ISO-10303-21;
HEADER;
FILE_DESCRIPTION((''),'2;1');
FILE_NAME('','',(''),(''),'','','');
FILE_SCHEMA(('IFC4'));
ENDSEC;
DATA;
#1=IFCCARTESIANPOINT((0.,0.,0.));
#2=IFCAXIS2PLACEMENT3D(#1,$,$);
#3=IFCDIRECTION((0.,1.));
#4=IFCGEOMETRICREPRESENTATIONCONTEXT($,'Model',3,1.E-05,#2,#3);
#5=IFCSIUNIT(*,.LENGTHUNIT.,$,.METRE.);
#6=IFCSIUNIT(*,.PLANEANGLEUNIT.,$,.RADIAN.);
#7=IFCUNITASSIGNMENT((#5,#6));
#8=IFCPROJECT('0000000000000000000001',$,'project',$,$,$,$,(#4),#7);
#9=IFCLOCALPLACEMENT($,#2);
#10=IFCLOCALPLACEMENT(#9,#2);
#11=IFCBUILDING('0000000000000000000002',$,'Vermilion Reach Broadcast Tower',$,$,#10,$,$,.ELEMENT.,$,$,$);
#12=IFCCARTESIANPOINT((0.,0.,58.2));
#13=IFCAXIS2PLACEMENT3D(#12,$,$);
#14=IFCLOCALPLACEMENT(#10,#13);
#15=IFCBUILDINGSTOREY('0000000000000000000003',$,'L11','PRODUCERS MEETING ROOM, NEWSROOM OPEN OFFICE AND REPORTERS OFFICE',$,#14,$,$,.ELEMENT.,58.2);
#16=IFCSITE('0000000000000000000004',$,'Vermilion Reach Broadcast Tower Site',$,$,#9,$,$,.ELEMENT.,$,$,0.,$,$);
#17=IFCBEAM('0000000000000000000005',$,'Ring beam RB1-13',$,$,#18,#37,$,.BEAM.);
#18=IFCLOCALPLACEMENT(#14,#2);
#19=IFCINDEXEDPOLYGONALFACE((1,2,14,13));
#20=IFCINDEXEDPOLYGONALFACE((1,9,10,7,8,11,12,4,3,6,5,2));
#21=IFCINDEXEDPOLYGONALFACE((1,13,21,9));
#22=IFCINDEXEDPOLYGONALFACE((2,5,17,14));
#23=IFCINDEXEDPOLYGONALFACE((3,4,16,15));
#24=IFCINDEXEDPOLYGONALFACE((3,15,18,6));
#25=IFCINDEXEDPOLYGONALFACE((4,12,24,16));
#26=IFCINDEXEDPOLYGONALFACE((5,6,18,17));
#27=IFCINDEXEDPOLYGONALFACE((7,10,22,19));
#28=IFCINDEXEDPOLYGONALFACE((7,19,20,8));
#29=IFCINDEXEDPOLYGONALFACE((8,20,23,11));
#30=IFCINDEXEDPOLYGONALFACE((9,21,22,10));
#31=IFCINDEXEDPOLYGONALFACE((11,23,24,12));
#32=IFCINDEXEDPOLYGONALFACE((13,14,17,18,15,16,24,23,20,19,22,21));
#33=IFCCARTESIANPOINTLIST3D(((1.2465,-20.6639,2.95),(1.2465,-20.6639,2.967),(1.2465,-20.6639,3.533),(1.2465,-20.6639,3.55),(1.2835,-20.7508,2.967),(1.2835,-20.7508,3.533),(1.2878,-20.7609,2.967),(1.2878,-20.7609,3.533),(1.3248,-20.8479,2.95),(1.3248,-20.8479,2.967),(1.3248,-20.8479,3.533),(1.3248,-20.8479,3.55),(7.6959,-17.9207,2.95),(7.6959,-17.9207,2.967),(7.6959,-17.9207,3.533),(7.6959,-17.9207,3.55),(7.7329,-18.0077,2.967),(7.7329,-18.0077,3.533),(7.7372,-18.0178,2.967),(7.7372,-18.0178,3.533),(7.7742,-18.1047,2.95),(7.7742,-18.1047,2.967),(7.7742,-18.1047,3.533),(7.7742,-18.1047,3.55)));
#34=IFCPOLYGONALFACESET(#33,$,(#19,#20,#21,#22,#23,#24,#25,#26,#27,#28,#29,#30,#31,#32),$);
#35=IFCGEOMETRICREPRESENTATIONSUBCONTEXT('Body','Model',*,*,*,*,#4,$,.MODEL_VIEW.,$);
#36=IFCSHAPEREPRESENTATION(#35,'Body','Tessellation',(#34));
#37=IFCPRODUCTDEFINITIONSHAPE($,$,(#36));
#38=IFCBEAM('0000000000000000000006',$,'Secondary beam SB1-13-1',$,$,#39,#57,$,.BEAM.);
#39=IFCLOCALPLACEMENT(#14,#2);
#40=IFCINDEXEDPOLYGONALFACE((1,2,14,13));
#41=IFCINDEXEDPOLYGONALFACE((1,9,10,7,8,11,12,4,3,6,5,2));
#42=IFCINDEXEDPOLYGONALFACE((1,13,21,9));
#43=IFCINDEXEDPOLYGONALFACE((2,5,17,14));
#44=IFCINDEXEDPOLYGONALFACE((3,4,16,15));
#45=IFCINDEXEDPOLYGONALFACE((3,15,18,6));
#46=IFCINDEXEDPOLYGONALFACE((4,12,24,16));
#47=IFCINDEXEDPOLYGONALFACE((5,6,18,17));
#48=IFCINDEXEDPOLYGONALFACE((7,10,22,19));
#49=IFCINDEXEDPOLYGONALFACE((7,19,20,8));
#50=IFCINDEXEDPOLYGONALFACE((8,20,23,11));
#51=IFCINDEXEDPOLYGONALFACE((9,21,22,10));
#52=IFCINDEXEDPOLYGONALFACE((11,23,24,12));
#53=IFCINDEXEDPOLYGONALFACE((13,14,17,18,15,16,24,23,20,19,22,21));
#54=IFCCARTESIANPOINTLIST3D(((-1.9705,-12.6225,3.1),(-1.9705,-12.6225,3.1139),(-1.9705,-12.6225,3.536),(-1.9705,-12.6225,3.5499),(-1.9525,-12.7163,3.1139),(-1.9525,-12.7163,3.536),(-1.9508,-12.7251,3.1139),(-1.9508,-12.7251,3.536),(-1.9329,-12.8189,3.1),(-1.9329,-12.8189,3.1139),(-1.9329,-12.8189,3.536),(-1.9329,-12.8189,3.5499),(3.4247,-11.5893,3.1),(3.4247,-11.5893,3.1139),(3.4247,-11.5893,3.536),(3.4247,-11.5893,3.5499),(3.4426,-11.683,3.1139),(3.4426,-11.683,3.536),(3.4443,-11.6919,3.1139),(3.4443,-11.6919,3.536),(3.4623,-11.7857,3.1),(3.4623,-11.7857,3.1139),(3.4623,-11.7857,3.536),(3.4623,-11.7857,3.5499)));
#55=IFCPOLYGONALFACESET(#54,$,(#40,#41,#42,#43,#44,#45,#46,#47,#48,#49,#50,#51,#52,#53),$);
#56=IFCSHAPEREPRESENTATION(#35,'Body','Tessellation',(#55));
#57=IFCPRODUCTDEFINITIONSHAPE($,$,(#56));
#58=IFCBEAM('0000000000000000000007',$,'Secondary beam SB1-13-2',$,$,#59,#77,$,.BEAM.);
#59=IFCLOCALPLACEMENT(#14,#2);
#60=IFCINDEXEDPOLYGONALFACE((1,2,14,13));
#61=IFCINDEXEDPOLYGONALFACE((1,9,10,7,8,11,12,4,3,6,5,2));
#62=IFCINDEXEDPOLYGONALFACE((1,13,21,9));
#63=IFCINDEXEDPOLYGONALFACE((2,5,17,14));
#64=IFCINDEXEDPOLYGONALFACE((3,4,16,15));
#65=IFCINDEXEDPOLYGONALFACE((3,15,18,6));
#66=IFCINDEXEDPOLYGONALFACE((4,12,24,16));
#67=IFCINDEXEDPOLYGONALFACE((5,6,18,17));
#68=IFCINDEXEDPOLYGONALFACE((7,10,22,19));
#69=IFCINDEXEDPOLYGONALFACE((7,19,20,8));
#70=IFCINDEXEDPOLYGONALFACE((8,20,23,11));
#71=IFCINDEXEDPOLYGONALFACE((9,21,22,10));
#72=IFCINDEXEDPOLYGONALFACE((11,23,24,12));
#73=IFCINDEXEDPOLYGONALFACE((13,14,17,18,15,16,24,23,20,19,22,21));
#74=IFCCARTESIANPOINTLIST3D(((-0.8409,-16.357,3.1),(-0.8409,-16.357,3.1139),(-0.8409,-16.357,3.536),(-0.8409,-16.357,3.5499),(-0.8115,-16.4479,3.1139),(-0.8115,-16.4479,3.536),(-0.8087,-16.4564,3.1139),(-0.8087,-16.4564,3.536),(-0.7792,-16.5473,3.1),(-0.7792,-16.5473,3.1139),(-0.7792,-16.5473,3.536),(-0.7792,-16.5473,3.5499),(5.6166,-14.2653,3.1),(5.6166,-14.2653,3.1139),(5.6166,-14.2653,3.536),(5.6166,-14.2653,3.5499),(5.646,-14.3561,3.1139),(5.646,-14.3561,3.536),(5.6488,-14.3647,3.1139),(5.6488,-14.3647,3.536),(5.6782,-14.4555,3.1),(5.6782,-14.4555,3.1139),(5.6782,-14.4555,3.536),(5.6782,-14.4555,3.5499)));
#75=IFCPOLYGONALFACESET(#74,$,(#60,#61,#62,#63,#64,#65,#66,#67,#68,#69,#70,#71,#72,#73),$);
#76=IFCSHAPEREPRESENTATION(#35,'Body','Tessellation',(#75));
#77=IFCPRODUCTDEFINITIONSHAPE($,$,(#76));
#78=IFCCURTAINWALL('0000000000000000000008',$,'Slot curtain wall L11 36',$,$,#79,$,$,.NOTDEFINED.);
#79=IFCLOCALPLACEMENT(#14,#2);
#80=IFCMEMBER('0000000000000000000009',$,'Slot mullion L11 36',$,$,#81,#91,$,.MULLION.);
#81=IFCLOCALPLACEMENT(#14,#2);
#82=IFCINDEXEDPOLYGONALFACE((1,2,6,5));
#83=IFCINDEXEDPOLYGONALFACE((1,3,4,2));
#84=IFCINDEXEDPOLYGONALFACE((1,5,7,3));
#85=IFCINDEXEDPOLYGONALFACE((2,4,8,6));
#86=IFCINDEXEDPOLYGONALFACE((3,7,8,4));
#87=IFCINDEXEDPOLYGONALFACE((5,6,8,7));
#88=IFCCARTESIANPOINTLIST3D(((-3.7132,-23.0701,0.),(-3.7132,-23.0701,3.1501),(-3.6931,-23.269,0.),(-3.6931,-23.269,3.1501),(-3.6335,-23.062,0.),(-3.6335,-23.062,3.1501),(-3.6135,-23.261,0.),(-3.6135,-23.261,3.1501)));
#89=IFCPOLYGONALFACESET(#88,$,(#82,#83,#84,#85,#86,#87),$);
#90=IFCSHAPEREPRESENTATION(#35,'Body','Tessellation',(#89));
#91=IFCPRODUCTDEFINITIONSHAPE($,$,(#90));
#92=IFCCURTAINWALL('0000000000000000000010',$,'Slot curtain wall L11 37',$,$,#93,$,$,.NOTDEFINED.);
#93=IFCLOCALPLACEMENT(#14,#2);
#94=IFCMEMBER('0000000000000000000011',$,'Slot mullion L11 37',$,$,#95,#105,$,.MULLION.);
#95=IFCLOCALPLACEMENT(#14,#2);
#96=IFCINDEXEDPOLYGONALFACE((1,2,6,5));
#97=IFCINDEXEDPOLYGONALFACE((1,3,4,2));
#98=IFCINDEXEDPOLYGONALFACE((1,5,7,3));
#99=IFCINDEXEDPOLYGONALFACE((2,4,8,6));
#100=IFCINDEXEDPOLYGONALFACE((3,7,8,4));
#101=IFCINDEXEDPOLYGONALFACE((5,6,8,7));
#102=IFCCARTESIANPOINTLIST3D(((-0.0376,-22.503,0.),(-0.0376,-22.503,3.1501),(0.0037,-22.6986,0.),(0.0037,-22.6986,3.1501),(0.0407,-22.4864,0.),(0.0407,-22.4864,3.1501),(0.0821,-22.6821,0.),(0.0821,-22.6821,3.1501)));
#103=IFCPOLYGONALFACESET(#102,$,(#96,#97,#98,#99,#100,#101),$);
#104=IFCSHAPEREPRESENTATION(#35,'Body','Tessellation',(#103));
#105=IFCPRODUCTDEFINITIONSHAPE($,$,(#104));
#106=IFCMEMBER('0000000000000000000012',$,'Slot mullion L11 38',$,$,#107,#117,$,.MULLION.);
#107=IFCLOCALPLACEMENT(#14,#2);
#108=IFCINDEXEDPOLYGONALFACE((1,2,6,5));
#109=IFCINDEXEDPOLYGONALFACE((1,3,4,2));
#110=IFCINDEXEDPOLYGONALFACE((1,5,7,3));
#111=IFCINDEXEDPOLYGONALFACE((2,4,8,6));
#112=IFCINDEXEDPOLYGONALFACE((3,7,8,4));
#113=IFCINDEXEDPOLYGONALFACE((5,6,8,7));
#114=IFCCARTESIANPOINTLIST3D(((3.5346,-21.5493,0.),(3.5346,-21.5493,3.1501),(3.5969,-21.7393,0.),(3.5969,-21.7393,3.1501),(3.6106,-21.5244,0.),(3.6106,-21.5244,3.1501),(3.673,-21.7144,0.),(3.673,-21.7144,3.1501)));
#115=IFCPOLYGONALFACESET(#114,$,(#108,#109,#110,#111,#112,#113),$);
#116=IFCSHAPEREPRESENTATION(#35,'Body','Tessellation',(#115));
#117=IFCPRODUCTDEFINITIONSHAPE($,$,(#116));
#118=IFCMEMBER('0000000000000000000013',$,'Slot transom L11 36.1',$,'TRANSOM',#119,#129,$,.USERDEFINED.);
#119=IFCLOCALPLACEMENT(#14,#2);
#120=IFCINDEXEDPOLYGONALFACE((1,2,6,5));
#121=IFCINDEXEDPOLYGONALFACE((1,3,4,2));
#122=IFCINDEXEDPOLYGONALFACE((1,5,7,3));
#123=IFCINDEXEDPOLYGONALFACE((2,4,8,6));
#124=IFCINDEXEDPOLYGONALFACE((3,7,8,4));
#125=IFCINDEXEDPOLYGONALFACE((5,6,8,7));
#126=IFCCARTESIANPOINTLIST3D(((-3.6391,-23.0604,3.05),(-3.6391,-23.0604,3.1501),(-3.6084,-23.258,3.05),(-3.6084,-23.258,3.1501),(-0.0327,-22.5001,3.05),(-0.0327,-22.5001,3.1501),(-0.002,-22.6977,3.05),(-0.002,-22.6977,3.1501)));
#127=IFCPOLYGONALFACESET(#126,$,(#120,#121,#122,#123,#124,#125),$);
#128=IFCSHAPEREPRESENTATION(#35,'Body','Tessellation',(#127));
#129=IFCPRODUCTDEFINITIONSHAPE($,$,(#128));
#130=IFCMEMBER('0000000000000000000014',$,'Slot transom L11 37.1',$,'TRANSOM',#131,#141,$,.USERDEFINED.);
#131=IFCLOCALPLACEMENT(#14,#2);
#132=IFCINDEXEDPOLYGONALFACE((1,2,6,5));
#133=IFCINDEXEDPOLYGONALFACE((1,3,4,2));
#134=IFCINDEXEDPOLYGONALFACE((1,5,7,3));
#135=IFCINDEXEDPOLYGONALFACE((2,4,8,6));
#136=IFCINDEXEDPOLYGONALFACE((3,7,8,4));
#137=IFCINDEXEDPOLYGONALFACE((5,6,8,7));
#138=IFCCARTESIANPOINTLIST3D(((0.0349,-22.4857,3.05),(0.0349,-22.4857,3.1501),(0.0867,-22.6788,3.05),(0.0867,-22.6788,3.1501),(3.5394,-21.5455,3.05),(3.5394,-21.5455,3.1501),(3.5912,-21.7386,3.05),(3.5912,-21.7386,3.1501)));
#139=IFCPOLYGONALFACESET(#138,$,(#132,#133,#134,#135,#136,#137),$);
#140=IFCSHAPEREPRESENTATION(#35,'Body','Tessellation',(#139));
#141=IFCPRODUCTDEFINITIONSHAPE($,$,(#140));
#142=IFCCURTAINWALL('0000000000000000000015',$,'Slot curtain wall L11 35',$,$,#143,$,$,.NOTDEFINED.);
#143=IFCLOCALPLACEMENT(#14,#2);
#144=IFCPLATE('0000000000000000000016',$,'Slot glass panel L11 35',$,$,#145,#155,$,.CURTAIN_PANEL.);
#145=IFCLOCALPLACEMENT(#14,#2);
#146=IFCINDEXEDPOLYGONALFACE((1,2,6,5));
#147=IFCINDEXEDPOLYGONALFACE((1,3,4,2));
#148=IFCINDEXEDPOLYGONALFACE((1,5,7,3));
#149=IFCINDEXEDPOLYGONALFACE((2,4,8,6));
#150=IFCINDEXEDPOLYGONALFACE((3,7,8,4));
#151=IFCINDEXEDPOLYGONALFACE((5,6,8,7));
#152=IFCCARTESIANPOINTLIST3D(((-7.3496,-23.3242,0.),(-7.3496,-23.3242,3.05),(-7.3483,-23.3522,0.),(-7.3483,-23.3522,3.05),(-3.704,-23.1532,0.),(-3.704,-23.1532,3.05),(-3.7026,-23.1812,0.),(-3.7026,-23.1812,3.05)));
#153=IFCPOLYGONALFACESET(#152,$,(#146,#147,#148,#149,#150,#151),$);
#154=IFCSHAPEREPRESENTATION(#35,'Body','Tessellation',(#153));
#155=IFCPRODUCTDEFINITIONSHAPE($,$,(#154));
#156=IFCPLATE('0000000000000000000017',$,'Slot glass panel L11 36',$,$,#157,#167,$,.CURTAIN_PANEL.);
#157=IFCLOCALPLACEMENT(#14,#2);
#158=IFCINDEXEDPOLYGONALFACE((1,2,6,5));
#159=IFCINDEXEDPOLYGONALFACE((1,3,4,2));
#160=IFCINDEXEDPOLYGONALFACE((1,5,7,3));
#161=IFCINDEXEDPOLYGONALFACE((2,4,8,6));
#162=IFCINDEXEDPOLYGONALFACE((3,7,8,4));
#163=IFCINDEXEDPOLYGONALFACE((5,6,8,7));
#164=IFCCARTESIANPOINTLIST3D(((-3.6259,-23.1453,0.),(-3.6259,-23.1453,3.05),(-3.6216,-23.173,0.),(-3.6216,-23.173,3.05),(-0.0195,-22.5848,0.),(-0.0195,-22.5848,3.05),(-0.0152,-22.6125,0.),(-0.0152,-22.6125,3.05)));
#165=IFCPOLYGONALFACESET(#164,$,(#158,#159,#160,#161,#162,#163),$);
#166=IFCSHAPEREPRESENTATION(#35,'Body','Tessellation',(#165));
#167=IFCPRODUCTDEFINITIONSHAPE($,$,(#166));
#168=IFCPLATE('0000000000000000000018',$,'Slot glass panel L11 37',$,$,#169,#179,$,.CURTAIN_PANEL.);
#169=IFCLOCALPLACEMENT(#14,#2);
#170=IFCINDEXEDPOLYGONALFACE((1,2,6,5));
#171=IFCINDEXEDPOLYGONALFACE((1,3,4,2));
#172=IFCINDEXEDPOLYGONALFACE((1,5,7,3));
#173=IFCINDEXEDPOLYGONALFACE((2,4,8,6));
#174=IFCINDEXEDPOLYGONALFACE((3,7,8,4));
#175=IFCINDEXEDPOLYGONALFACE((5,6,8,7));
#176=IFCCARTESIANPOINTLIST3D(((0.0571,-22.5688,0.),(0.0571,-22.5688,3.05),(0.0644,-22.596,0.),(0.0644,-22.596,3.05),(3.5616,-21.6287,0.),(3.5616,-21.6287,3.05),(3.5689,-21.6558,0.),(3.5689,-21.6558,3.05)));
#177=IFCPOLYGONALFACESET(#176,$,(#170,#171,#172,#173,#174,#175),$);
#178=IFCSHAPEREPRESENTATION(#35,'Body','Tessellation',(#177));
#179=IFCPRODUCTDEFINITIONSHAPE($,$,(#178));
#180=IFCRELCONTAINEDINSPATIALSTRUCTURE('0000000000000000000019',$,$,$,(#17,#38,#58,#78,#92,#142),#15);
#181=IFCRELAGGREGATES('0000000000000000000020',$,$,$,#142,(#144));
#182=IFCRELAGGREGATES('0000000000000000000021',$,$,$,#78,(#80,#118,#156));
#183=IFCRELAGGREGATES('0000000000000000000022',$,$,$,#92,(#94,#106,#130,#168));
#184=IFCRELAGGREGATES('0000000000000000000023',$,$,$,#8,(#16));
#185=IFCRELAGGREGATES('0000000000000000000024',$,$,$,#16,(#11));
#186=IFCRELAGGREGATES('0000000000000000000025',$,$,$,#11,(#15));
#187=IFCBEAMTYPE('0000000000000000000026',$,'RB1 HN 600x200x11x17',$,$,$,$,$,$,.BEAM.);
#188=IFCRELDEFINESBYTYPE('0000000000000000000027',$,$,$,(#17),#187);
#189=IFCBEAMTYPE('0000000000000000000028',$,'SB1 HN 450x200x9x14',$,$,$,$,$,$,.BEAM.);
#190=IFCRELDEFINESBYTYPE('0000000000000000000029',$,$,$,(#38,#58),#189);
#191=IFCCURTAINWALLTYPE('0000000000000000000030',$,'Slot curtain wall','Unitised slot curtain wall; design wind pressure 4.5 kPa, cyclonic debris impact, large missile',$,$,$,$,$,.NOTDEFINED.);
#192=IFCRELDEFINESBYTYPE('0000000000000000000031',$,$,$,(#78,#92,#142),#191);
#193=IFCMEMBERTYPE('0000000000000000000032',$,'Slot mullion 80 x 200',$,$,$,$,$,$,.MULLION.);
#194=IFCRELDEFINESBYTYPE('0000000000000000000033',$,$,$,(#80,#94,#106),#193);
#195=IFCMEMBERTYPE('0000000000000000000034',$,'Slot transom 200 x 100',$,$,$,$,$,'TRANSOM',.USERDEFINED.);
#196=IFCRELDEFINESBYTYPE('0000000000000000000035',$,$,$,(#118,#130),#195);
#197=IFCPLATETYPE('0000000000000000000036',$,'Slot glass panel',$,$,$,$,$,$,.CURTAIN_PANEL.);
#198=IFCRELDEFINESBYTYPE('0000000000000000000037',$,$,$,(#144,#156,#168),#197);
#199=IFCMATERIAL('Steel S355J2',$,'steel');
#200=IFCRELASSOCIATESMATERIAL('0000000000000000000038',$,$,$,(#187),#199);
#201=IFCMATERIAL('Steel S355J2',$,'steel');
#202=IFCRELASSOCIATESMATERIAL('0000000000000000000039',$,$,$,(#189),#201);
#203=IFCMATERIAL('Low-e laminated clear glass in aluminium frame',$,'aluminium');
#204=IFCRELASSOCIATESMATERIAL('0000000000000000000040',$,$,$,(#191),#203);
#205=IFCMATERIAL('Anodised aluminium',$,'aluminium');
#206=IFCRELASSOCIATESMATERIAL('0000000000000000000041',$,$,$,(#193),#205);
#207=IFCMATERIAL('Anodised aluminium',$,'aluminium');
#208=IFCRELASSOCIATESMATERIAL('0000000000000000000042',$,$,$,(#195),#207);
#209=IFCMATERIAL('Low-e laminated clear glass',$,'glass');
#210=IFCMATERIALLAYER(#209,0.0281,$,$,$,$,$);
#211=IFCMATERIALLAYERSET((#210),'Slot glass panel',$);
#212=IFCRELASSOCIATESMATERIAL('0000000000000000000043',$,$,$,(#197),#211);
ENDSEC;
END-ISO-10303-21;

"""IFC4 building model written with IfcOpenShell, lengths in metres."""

from ifc_helpers import new_model, si_unit, direction, frame, origin, origin_2d, place, context, subcontext, project, spatial, rectangle, i_section, extrude, material, layer, layer_set, material_profile, profile_set, type_object, element, aggregate, save


model = new_model("IFC4")

# Units and contexts
model_context = context("Model", 3, precision=1e-05, world=origin(), true_north=direction((0.0, 1.0)))
body_context = subcontext(model_context, "Body", "Model", "MODEL_VIEW")
ifc_project = project(units=[si_unit("LENGTHUNIT", "METRE"), si_unit("PLANEANGLEUNIT", "RADIAN")], contexts=[model_context])

# Site, building, storey
site_placement = place(None, origin())
site = spatial("IfcSite", under=ifc_project, at=site_placement, Name="Vermilion Reach Broadcast Tower Site", CompositionType="ELEMENT", RefElevation=0.0)
building_placement = place(site_placement, origin())
building = spatial("IfcBuilding", under=site, at=building_placement, Name="Vermilion Reach Broadcast Tower", CompositionType="ELEMENT")
storey_placement = place(building_placement, frame((0.0, 0.0, 58.2)))
storey = spatial("IfcBuildingStorey", under=building, at=storey_placement, Name="L11", Description="PRODUCERS MEETING ROOM, NEWSROOM OPEN OFFICE AND REPORTERS OFFICE", CompositionType="ELEMENT", Elevation=58.2)

# Beams
ifc_material_1 = material(Name="Steel S355J2", Category="steel")
ifc_material_profile_1 = material_profile(ifc_material_1, i_section(OverallWidth=0.2, OverallDepth=0.6001, WebThickness=0.011, FlangeThickness=0.0171, at=origin_2d()), Name="S355J2 HN 600x200x11x17")
ifc_profile_set_1 = profile_set([ifc_material_profile_1], Name="Steel S355J2")
beam_type_1 = type_object("IfcBeamType", Name="RB1 HN 600x200x11x17", PredefinedType="BEAM", material=ifc_profile_set_1)
beam_1_placement = place(storey_placement, frame((1.2856, -20.7559, 3.25), z_axis=(0.920221, 0.3914, 0.0), x_axis=(-0.3914, 0.920221, 0.0)))
element("IfcBeam", 1, at=beam_1_placement, inside=storey, type_object=beam_type_1, Name="Ring beam RB1-13", PredefinedType="BEAM", context=body_context, shape_type="SweptSolid", body=[
    extrude(i_section(OverallWidth=0.2, OverallDepth=0.6001, WebThickness=0.011, FlangeThickness=0.0171, at=origin_2d()), origin(), (0.0, 0.0, 1.0), 7.0085),
])
ifc_material_2 = material(Name="Steel S355J2", Category="steel")
ifc_material_profile_2 = material_profile(ifc_material_2, i_section(OverallWidth=0.2, OverallDepth=0.45, WebThickness=0.009, FlangeThickness=0.0139, at=origin_2d()), Name="S355J2 HN 450x200x9x14")
ifc_profile_set_2 = profile_set([ifc_material_profile_2], Name="Steel S355J2")
beam_type_2 = type_object("IfcBeamType", Name="SB1 HN 450x200x9x14", PredefinedType="BEAM", material=ifc_profile_set_2)
beam_2_placement = place(storey_placement, frame((-1.9517, -12.7207, 3.325), z_axis=(0.982151, 0.188092, 0.0), x_axis=(-0.188092, 0.982151, 0.0)))
element("IfcBeam", 2, at=beam_2_placement, inside=storey, type_object=beam_type_2, Name="Secondary beam SB1-13-1", PredefinedType="BEAM", context=body_context, shape_type="SweptSolid", body=[
    extrude(i_section(OverallWidth=0.2, OverallDepth=0.45, WebThickness=0.009, FlangeThickness=0.0139, at=origin_2d()), origin(), (0.0, 0.0, 1.0), 5.4932),
])
beam_3_placement = place(storey_placement, frame((-0.8101, -16.4521, 3.325), z_axis=(0.951332, 0.308167, 0.0), x_axis=(-0.308167, 0.951332, 0.0)))
element("IfcBeam", 3, at=beam_3_placement, inside=storey, type_object=beam_type_2, Name="Secondary beam SB1-13-2", PredefinedType="BEAM", context=body_context, shape_type="SweptSolid", body=[
    extrude(i_section(OverallWidth=0.2, OverallDepth=0.45, WebThickness=0.009, FlangeThickness=0.0139, at=origin_2d()), origin(), (0.0, 0.0, 1.0), 6.7878),
])

# Curtain wall, member
ifc_material_3 = material(Name="Low-e laminated clear glass in aluminium frame", Category="aluminium")
curtain_wall_type = type_object("IfcCurtainWallType", Name="Slot curtain wall", Description="Unitised slot curtain wall; design wind pressure 4.5 kPa, cyclonic debris impact, large missile", PredefinedType="NOTDEFINED", material=ifc_material_3)
placement = place(storey_placement, origin())
curtain_wall_1 = element("IfcCurtainWall", 4, at=placement, inside=storey, type_object=curtain_wall_type, Name="Slot curtain wall L11 36", PredefinedType="NOTDEFINED")
ifc_material_4 = material(Name="Anodised aluminium", Category="aluminium")
ifc_material_profile_3 = material_profile(ifc_material_4, rectangle(XDim=0.2, YDim=0.0801, at=origin_2d()), Name="Slot mullion 80 x 200")
ifc_profile_set_3 = profile_set([ifc_material_profile_3], Name="Anodised aluminium")
member_type_1 = type_object("IfcMemberType", Name="Slot mullion 80 x 200", PredefinedType="MULLION", material=ifc_profile_set_3)
member_1_placement = place(storey_placement, frame((-3.6633, -23.1655, 0.0), z_axis=(0.0, 0.0, 1.0), x_axis=(-0.100362, 0.994951, 0.0)))
member_1 = element("IfcMember", 5, at=member_1_placement, type_object=member_type_1, Name="Slot mullion L11 36", PredefinedType="MULLION", context=body_context, shape_type="SweptSolid", body=[
    extrude(rectangle(XDim=0.2, YDim=0.0801, at=origin_2d()), origin(), (0.0, 0.0, 1.0), 3.1501),
])

# Curtain wall, members
curtain_wall_2 = element("IfcCurtainWall", 6, at=placement, inside=storey, type_object=curtain_wall_type, Name="Slot curtain wall L11 37", PredefinedType="NOTDEFINED")
member_2_placement = place(storey_placement, frame((0.0222, -22.5925, 0.0), z_axis=(0.0, 0.0, 1.0), x_axis=(-0.206647, 0.978416, 0.0)))
member_2 = element("IfcMember", 7, at=member_2_placement, type_object=member_type_1, Name="Slot mullion L11 37", PredefinedType="MULLION", context=body_context, shape_type="SweptSolid", body=[
    extrude(rectangle(XDim=0.2, YDim=0.0801, at=origin_2d()), origin(), (0.0, 0.0, 1.0), 3.1501),
])
member_3_placement = place(storey_placement, frame((3.6038, -21.6318, 0.0), z_axis=(0.0, 0.0, 1.0), x_axis=(-0.311688, 0.950184, 0.0)))
member_3 = element("IfcMember", 8, at=member_3_placement, type_object=member_type_1, Name="Slot mullion L11 38", PredefinedType="MULLION", context=body_context, shape_type="SweptSolid", body=[
    extrude(rectangle(XDim=0.2, YDim=0.0801, at=origin_2d()), origin(), (0.0, 0.0, 1.0), 3.1501),
])

# Members
ifc_material_5 = material(Name="Anodised aluminium", Category="aluminium")
ifc_material_profile_4 = material_profile(ifc_material_5, rectangle(XDim=0.2, YDim=0.1001, at=origin_2d()), Name="Slot transom 200 x 100")
ifc_profile_set_4 = profile_set([ifc_material_profile_4], Name="Anodised aluminium")
member_type_2 = type_object("IfcMemberType", Name="Slot transom 200 x 100", ElementType="TRANSOM", PredefinedType="USERDEFINED", material=ifc_profile_set_4)
member_4_placement = place(storey_placement, frame((-3.6238, -23.1592, 3.1001), z_axis=(0.988146, 0.15352, 0.0), x_axis=(-0.15352, 0.988146, 0.0)))
member_4 = element("IfcMember", 9, at=member_4_placement, type_object=member_type_2, Name="Slot transom L11 36.1", ObjectType="TRANSOM", PredefinedType="USERDEFINED", context=body_context, shape_type="SweptSolid", body=[
    extrude(rectangle(XDim=0.2, YDim=0.1001, at=origin_2d()), origin(), (0.0, 0.0, 1.0), 3.6497),
])
member_5_placement = place(storey_placement, frame((0.0608, -22.5823, 3.1001), z_axis=(0.965844, 0.259124, 0.0), x_axis=(-0.259124, 0.965844, 0.0)))
member_5 = element("IfcMember", 10, at=member_5_placement, type_object=member_type_2, Name="Slot transom L11 37.1", ObjectType="TRANSOM", PredefinedType="USERDEFINED", context=body_context, shape_type="SweptSolid", body=[
    extrude(rectangle(XDim=0.2, YDim=0.1001, at=origin_2d()), origin(), (0.0, 0.0, 1.0), 3.6284),
])

# Curtain wall, plate
curtain_wall_3 = element("IfcCurtainWall", 11, at=placement, inside=storey, type_object=curtain_wall_type, Name="Slot curtain wall L11 35", PredefinedType="NOTDEFINED")
ifc_material_6 = material(Name="Low-e laminated clear glass", Category="glass")
ifc_layer_1 = layer(ifc_material_6, 0.0281)
ifc_layer_set_1 = layer_set([ifc_layer_1], Name="Slot glass panel")
plate_type = type_object("IfcPlateType", Name="Slot glass panel", PredefinedType="CURTAIN_PANEL", material=ifc_layer_set_1)
plate_1_placement = place(storey_placement, frame((-5.5261, -23.2527, 0.0), z_axis=(0.0, 0.0, 1.0), x_axis=(0.998902, 0.046857, 0.0)))
plate_1 = element("IfcPlate", 12, at=plate_1_placement, type_object=plate_type, Name="Slot glass panel L11 35", PredefinedType="CURTAIN_PANEL", context=body_context, shape_type="SweptSolid", body=[
    extrude(rectangle(XDim=3.6497, YDim=0.0281, at=origin_2d()), origin(), (0.0, 0.0, 1.0), 3.05),
])
aggregate(curtain_wall_3, [plate_1])

# Plates
plate_2_placement = place(storey_placement, frame((-1.8206, -22.8789, 0.0), z_axis=(0.0, 0.0, 1.0), x_axis=(0.988137, 0.153578, 0.0)))
plate_2 = element("IfcPlate", 13, at=plate_2_placement, type_object=plate_type, Name="Slot glass panel L11 36", PredefinedType="CURTAIN_PANEL", context=body_context, shape_type="SweptSolid", body=[
    extrude(rectangle(XDim=3.6497, YDim=0.0281, at=origin_2d()), origin(), (0.0, 0.0, 1.0), 3.05),
])
aggregate(curtain_wall_1, [member_1, member_4, plate_2])
plate_3_placement = place(storey_placement, frame((1.813, -22.1123, 0.0), z_axis=(0.0, 0.0, 1.0), x_axis=(0.965847, 0.259115, 0.0)))
plate_3 = element("IfcPlate", 14, at=plate_3_placement, type_object=plate_type, Name="Slot glass panel L11 37", PredefinedType="CURTAIN_PANEL", context=body_context, shape_type="SweptSolid", body=[
    extrude(rectangle(XDim=3.6284, YDim=0.0281, at=origin_2d()), origin(), (0.0, 0.0, 1.0), 3.05),
])
aggregate(curtain_wall_2, [member_2, member_3, member_5, plate_3])

save(model, "model.ifc")
